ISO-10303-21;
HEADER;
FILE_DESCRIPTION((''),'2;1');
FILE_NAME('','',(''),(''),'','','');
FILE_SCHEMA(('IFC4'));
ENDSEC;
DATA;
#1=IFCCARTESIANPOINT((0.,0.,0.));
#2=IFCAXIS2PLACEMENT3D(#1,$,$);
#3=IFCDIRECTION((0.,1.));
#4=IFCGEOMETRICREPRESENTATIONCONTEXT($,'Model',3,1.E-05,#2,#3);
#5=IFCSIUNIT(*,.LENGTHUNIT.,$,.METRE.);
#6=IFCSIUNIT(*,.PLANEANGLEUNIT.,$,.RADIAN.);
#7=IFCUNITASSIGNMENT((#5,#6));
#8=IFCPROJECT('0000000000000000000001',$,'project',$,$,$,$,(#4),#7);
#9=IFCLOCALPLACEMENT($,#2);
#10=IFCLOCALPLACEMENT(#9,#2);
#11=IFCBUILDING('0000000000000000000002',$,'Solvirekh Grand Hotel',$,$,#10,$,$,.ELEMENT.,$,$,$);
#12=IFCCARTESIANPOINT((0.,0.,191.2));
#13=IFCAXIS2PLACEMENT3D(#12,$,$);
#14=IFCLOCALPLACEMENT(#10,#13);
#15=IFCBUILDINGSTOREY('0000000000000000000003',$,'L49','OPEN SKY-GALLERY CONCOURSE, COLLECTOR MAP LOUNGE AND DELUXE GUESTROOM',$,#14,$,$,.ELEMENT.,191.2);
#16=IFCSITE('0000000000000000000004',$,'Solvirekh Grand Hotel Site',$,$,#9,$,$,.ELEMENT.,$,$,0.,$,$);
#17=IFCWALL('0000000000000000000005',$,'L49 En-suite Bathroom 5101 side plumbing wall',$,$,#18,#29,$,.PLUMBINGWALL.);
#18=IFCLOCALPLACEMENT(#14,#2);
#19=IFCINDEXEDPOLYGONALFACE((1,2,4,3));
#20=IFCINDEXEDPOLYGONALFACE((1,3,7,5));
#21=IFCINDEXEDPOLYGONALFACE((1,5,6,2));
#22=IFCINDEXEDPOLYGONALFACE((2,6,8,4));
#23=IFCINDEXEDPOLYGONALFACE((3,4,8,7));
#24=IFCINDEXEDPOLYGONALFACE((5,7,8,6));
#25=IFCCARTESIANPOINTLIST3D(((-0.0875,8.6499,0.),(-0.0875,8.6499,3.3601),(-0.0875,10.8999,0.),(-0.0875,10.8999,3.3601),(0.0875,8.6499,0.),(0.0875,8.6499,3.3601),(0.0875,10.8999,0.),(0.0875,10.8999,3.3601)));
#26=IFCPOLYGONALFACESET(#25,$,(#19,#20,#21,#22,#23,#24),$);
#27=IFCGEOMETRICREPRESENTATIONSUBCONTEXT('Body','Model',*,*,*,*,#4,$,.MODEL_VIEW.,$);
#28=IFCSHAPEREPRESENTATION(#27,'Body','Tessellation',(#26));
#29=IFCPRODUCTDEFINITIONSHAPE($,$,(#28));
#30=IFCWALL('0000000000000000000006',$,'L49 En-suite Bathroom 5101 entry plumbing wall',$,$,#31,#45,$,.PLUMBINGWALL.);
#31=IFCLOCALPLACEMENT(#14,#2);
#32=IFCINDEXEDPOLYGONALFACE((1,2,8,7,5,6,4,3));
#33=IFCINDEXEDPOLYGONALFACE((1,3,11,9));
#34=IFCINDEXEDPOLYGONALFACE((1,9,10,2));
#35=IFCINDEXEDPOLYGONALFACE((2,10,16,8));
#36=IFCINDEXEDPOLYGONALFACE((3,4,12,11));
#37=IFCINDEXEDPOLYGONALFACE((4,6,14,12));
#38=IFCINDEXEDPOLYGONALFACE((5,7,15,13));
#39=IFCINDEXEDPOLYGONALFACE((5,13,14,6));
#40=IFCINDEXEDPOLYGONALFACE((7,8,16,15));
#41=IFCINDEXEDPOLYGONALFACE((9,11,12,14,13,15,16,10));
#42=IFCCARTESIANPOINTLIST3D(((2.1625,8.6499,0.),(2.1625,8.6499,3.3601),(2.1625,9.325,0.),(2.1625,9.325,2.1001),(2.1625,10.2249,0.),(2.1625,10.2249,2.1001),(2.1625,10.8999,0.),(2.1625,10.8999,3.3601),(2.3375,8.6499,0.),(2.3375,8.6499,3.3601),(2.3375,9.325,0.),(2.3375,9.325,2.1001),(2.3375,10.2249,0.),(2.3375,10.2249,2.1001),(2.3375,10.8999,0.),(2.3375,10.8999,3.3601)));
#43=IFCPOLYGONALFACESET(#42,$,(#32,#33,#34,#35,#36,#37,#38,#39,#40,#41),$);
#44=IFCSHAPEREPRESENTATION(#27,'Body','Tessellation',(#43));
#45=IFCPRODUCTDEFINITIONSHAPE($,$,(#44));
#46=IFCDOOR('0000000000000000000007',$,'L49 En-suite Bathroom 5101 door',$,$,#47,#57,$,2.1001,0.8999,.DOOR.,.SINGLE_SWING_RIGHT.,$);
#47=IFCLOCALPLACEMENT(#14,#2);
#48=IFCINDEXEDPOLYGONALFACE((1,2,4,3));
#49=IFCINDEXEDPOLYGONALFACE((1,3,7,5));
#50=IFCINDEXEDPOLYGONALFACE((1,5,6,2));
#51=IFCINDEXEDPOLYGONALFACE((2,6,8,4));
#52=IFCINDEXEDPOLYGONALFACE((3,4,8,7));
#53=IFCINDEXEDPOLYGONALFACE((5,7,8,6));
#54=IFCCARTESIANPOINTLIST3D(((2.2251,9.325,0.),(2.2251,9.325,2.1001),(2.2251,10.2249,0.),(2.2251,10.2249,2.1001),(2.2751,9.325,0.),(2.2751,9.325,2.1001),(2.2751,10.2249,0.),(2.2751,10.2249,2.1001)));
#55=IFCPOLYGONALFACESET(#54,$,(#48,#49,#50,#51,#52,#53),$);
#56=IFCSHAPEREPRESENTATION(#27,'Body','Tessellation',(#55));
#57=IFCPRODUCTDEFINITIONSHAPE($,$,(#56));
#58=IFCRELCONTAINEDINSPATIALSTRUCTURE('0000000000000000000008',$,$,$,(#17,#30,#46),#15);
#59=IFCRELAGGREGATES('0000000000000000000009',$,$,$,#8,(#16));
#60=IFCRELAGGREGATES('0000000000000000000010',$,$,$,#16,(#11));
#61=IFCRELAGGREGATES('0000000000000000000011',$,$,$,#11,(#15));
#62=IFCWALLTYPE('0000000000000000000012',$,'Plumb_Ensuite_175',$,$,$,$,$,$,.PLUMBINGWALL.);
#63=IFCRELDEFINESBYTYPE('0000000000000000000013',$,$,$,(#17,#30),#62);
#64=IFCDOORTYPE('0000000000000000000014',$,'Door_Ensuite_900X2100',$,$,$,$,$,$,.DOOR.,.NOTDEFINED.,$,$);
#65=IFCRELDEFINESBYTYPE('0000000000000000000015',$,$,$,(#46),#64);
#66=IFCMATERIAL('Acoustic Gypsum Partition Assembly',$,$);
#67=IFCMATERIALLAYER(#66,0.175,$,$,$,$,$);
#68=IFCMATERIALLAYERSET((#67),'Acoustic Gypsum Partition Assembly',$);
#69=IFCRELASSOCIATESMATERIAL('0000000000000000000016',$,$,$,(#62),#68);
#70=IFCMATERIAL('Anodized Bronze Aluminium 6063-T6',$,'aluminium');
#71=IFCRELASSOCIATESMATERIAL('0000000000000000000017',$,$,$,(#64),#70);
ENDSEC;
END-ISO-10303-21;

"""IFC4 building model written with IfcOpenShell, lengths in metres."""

from ifc_helpers import new_model, si_unit, direction, frame, frame_2d, origin, place, context, subcontext, project, spatial, rectangle, extrude, material, layer, layer_set, type_object, element, fill, save


model = new_model("IFC4")

# Units and contexts
model_context = context("Model", 3, precision=1e-05, world=origin(), true_north=direction((0.0, 1.0)))
body_context = subcontext(model_context, "Body", "Model", "MODEL_VIEW")
ifc_project = project(units=[si_unit("LENGTHUNIT", "METRE"), si_unit("PLANEANGLEUNIT", "RADIAN")], contexts=[model_context])

# Site, building, storey
site_placement = place(None, origin())
site = spatial("IfcSite", under=ifc_project, at=site_placement, Name="Solvirekh Grand Hotel Site", CompositionType="ELEMENT", RefElevation=0.0)
building_placement = place(site_placement, origin())
building = spatial("IfcBuilding", under=site, at=building_placement, Name="Solvirekh Grand Hotel", CompositionType="ELEMENT")
storey_placement = place(building_placement, frame((0.0, 0.0, 191.2)))
storey = spatial("IfcBuildingStorey", under=building, at=storey_placement, Name="L49", Description="OPEN SKY-GALLERY CONCOURSE, COLLECTOR MAP LOUNGE AND DELUXE GUESTROOM", CompositionType="ELEMENT", Elevation=191.2)

# Shared definitions
ifc_material_1 = material(Name="Anodized Bronze Aluminium 6063-T6", Category="aluminium")

# Shared definitions
ifc_material_2 = material(Name="Acoustic Gypsum Partition Assembly")

# Wall
ifc_layer_1 = layer(ifc_material_2, 0.175)
ifc_layer_set_1 = layer_set([ifc_layer_1], Name="Acoustic Gypsum Partition Assembly")
wall_type_1 = type_object("IfcWallType", Name="Plumb_Ensuite_175", PredefinedType="PLUMBINGWALL", material=ifc_layer_set_1)
wall_1_placement = place(storey_placement, frame((0.0, 10.8999, 0.0), z_axis=(0.0, 0.0, 1.0), x_axis=(0.0, -1.0, 0.0)))
element("IfcWall", 1, at=wall_1_placement, inside=storey, type_object=wall_type_1, Name="L49 En-suite Bathroom 5101 side plumbing wall", PredefinedType="PLUMBINGWALL", context=body_context, shape_type="SweptSolid", body=[
    extrude(rectangle(XDim=2.25, YDim=0.175, at=frame_2d((1.125, 0.0))), origin(), (0.0, 0.0, 1.0), 3.3601),
])

# Wall, opening, door
wall_2_placement = place(storey_placement, frame((2.25, 8.6499, 0.0), z_axis=(0.0, 0.0, 1.0), x_axis=(0.0, 1.0, 0.0)))
wall_2 = element("IfcWall", 2, at=wall_2_placement, inside=storey, type_object=wall_type_1, Name="L49 En-suite Bathroom 5101 entry plumbing wall", PredefinedType="PLUMBINGWALL", context=body_context, shape_type="SweptSolid", body=[
    extrude(rectangle(XDim=2.25, YDim=0.175, at=frame_2d((1.125, 0.0))), origin(), (0.0, 0.0, 1.0), 3.3601),
])
opening_1_placement = place(wall_2_placement, frame((0.675, 0.0, 0.0)))
opening_1 = element("IfcOpeningElement", 3, at=opening_1_placement, cuts=wall_2, PredefinedType="OPENING", context=body_context, shape_type="SweptSolid", body=[
    extrude(rectangle(XDim=0.8999, YDim=2.1001, at=frame_2d((0.45, 1.05))), frame((0.0, 0.0977, 0.0), z_axis=(0.0, -1.0, 0.0), x_axis=(1.0, 0.0, 0.0)), (0.0, 0.0, 1.0), 0.1951),
])
door_type_1 = type_object("IfcDoorType", Name="Door_Ensuite_900X2100", OperationType="NOTDEFINED", PredefinedType="DOOR", material=ifc_material_1)
door_1_placement = place(opening_1_placement, origin())
door_1 = element("IfcDoor", 4, at=door_1_placement, inside=storey, type_object=door_type_1, Name="L49 En-suite Bathroom 5101 door", OperationType="SINGLE_SWING_RIGHT", OverallHeight=2.1001, OverallWidth=0.8999, PredefinedType="DOOR", context=body_context, shape_type="SweptSolid", body=[
    extrude(rectangle(XDim=0.8999, YDim=2.1001, at=frame_2d((0.45, 1.05))), frame((0.0, 0.0249, 0.0), z_axis=(0.0, -1.0, 0.0), x_axis=(1.0, 0.0, 0.0)), (0.0, 0.0, 1.0), 0.05),
])
fill(opening_1, door_1)

save(model, "model.ifc")
